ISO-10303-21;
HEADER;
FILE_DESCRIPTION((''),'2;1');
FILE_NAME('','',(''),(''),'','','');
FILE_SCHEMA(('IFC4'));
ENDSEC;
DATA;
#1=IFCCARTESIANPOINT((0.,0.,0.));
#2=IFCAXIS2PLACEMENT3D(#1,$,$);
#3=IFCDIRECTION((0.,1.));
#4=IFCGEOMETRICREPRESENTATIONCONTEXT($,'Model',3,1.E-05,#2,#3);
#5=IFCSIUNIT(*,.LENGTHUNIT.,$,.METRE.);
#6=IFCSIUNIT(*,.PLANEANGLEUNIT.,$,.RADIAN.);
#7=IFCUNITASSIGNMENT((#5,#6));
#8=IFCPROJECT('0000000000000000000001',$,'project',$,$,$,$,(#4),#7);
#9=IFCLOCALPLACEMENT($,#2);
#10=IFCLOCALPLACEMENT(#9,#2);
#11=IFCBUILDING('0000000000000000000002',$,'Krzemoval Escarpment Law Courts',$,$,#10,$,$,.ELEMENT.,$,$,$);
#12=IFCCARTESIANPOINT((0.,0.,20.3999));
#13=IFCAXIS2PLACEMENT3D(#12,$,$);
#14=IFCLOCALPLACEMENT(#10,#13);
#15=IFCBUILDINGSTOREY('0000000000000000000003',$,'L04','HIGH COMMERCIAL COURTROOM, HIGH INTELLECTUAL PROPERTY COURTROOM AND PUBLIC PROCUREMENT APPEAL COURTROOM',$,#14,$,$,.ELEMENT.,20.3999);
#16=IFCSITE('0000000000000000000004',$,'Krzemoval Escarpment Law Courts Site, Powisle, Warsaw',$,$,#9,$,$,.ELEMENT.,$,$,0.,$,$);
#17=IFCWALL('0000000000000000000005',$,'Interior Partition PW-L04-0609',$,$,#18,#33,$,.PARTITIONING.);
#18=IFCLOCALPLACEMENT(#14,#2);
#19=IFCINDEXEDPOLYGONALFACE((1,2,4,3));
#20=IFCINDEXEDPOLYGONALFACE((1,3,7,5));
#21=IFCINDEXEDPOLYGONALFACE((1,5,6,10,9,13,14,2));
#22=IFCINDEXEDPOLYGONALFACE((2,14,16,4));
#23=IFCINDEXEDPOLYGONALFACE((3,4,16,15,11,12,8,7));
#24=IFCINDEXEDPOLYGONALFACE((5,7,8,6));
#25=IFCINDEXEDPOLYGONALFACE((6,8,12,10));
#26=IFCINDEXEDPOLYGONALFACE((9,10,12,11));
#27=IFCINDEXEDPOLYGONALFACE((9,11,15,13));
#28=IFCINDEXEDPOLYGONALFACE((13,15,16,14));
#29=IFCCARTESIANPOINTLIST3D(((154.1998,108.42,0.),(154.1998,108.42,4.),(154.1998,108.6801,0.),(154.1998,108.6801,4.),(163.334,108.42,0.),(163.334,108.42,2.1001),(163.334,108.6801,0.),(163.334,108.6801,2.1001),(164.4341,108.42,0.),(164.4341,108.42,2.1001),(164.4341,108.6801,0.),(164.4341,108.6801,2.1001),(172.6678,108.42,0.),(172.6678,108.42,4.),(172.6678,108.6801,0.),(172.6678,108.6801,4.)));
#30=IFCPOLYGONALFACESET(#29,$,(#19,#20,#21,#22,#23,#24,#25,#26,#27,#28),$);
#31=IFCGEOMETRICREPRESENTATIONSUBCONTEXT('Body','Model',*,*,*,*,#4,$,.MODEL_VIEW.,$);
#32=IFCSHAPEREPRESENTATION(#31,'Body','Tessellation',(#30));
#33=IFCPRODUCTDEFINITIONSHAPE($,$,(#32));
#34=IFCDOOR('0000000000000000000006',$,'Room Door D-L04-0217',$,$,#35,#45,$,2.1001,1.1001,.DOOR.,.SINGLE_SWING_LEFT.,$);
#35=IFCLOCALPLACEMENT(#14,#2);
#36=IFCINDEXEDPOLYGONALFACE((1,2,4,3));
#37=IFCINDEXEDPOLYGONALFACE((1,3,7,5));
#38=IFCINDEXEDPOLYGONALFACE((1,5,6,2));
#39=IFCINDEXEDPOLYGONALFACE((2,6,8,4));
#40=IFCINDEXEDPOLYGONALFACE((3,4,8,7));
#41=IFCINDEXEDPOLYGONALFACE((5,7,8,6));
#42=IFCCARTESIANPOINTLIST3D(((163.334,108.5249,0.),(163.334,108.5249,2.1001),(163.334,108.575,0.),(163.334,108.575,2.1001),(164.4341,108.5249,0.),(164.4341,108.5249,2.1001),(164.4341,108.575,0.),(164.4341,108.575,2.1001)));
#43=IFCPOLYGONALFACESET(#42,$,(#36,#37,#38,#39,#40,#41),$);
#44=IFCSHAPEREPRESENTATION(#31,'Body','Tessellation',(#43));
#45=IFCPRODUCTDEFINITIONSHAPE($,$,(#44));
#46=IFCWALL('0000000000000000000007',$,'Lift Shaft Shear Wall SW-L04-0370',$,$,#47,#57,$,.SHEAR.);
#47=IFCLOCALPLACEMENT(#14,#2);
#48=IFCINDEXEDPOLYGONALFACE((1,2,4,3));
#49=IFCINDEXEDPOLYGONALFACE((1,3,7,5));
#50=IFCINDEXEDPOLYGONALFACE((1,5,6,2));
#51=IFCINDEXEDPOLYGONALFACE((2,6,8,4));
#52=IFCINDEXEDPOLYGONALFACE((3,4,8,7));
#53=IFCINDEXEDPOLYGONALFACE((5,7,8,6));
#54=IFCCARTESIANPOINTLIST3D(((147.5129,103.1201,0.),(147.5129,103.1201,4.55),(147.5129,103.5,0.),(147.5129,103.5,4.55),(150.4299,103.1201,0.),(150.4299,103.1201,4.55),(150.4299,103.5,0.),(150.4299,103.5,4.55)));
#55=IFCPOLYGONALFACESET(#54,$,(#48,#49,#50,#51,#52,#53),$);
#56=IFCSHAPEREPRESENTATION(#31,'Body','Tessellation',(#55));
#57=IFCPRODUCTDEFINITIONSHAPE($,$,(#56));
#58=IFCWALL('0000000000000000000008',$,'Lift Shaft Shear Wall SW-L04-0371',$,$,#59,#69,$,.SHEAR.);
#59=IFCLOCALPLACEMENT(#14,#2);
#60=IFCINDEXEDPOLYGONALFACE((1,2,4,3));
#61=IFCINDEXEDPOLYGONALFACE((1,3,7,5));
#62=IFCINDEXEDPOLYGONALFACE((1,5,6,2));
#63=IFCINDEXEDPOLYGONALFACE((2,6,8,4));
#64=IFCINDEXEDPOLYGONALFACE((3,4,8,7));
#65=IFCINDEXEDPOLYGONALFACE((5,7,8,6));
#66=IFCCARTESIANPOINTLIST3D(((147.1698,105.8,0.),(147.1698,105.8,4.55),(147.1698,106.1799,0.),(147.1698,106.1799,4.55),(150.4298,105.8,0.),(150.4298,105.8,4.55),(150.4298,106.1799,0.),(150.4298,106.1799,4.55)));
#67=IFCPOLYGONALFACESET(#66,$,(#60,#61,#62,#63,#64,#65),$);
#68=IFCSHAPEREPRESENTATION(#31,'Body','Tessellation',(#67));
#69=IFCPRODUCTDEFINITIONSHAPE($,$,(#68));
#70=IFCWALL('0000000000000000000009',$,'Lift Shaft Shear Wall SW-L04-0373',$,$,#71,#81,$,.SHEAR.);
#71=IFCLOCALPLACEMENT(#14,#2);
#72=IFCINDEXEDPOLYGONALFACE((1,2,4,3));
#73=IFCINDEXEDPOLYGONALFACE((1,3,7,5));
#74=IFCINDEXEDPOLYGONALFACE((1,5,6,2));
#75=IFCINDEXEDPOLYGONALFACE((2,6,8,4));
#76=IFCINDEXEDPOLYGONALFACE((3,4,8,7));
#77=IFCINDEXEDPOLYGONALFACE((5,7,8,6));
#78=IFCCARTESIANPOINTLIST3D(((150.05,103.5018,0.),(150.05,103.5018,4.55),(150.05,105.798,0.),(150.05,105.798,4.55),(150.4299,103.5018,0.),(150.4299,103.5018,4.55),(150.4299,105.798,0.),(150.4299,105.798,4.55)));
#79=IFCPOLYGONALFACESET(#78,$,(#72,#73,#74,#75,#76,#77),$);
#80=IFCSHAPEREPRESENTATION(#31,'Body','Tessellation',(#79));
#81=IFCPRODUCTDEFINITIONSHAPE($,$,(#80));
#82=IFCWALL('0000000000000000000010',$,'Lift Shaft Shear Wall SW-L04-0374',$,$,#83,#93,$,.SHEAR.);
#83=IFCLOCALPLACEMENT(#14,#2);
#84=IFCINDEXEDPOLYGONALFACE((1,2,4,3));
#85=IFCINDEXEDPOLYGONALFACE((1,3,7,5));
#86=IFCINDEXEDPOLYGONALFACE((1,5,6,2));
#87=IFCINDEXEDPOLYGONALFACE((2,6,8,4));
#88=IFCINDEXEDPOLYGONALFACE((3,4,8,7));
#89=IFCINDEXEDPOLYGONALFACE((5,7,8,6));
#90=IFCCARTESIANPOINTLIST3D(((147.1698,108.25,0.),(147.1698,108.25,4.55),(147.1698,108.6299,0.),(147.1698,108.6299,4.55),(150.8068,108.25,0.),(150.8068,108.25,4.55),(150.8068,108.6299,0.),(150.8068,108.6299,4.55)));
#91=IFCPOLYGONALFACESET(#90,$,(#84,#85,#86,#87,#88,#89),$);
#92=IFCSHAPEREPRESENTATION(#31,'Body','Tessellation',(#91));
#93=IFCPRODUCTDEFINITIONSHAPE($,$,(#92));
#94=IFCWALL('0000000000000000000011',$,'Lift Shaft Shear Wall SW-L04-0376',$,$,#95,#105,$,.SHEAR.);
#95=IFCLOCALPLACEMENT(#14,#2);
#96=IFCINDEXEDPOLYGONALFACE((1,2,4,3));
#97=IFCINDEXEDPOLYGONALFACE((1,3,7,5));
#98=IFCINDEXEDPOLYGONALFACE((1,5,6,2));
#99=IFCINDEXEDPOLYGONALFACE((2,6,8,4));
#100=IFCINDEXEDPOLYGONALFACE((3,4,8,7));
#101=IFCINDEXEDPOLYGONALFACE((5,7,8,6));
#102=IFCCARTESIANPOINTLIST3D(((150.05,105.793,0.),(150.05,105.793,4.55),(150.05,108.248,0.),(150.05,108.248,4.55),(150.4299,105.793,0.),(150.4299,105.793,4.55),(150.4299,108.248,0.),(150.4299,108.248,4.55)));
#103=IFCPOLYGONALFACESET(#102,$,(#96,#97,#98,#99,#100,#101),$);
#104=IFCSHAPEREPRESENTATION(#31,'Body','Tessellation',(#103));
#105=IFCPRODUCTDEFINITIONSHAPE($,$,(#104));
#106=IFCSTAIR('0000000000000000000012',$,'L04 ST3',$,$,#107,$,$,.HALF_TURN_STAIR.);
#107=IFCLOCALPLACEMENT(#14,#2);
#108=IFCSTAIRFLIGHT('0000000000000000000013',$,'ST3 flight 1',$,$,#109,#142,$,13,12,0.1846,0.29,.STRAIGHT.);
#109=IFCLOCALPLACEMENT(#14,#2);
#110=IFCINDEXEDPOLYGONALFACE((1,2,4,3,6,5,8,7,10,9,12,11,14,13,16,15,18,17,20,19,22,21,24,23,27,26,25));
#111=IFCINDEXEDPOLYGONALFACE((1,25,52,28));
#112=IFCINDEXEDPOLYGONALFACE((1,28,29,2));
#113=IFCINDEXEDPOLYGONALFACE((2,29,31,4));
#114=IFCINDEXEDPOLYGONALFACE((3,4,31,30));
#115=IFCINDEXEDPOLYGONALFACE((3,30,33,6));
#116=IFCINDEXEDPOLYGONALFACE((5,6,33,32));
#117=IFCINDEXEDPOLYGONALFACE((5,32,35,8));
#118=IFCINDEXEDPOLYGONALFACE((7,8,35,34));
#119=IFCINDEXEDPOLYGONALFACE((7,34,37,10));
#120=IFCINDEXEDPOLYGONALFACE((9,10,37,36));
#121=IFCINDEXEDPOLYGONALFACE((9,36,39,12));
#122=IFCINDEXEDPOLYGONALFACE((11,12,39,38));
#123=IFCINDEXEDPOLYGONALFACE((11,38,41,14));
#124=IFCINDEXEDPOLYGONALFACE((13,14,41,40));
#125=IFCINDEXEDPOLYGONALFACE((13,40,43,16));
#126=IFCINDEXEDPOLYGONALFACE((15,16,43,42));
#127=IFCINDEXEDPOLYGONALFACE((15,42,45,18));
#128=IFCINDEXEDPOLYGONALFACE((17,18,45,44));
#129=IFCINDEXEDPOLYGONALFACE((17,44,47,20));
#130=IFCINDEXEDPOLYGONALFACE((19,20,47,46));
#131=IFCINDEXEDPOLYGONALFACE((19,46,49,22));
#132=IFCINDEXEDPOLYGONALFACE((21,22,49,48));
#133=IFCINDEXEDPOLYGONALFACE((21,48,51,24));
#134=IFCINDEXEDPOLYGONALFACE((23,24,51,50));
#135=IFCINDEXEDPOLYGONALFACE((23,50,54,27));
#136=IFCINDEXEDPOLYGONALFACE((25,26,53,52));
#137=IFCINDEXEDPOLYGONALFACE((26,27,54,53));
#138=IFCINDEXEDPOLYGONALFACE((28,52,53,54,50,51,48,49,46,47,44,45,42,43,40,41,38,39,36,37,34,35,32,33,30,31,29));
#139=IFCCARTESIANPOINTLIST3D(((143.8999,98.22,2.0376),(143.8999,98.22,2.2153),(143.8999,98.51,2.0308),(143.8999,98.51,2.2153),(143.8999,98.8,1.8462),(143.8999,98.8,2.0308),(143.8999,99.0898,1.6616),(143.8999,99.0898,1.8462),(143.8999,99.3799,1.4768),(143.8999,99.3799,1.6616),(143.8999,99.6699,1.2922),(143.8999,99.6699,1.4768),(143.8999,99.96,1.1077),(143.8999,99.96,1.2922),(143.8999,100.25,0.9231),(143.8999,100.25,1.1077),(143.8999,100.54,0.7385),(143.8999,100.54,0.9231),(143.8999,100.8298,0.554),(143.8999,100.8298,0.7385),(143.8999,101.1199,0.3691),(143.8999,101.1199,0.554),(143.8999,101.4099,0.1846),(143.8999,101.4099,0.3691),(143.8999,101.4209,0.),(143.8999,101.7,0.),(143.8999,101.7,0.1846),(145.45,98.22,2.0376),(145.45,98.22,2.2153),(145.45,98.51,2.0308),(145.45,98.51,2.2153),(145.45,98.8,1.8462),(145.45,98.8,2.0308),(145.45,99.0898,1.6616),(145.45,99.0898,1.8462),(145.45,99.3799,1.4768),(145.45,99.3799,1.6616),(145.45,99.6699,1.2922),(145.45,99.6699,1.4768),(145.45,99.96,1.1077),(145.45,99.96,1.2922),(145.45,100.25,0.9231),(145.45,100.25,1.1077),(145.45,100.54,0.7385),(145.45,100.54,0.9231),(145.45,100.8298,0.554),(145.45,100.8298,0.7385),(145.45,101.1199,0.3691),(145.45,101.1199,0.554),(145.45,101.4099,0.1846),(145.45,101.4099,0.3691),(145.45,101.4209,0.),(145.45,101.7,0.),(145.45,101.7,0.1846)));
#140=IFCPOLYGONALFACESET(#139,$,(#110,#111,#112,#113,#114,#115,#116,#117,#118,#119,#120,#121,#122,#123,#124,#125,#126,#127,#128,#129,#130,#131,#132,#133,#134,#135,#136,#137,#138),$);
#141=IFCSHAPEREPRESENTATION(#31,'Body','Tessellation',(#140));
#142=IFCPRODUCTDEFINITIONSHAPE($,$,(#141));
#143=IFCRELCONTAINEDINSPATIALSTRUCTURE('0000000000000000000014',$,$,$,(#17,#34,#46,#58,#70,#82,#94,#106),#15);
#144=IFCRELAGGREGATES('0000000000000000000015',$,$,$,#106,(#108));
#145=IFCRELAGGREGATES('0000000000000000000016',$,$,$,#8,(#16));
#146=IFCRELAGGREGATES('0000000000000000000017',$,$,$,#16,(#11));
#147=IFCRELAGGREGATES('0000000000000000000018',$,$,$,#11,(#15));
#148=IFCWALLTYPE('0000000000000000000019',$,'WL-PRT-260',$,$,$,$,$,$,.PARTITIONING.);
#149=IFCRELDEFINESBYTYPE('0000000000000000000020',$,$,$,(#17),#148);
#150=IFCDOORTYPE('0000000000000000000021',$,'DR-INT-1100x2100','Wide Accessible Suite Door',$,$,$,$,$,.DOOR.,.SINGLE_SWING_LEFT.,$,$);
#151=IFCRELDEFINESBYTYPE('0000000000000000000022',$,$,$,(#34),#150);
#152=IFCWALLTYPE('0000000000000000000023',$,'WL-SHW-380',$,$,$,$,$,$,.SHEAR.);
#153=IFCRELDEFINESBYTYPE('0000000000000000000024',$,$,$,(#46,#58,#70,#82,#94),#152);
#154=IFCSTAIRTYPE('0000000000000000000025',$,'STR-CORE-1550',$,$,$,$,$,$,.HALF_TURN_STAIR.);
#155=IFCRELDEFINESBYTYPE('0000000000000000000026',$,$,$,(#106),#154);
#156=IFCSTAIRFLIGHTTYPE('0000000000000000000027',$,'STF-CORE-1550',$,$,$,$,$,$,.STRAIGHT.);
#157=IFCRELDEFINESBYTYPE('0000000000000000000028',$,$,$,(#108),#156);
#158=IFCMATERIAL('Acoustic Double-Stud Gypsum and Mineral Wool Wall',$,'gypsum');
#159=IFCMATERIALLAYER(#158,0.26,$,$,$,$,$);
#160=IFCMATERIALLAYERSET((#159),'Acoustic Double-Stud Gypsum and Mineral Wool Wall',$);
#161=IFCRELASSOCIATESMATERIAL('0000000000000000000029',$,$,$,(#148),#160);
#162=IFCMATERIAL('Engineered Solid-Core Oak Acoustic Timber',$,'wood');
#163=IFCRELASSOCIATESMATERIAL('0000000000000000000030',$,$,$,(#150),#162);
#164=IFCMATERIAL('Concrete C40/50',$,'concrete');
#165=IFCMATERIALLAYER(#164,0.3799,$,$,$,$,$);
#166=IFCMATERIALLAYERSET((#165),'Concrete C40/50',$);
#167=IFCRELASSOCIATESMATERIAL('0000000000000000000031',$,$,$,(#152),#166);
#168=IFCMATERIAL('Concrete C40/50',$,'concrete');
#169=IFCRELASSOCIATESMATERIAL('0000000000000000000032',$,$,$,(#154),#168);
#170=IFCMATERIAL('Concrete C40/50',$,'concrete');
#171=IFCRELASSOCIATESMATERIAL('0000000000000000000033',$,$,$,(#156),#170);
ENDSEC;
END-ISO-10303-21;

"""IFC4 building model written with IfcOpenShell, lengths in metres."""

from ifc_helpers import new_model, si_unit, direction, frame, frame_2d, origin, place, context, subcontext, project, spatial, polyline, rectangle, outline, extrude, material, layer, layer_set, type_object, element, fill, aggregate, save


model = new_model("IFC4")

# Units and contexts
model_context = context("Model", 3, precision=1e-05, world=origin(), true_north=direction((0.0, 1.0)))
body_context = subcontext(model_context, "Body", "Model", "MODEL_VIEW")
ifc_project = project(units=[si_unit("LENGTHUNIT", "METRE"), si_unit("PLANEANGLEUNIT", "RADIAN")], contexts=[model_context])

# Site, building, storey
site_placement = place(None, origin())
site = spatial("IfcSite", under=ifc_project, at=site_placement, Name="Krzemoval Escarpment Law Courts Site, Powisle, Warsaw", CompositionType="ELEMENT", RefElevation=0.0)
building_placement = place(site_placement, origin())
building = spatial("IfcBuilding", under=site, at=building_placement, Name="Krzemoval Escarpment Law Courts", CompositionType="ELEMENT")
storey_placement = place(building_placement, frame((0.0, 0.0, 20.3999)))
storey = spatial("IfcBuildingStorey", under=building, at=storey_placement, Name="L04", Description="HIGH COMMERCIAL COURTROOM, HIGH INTELLECTUAL PROPERTY COURTROOM AND PUBLIC PROCUREMENT APPEAL COURTROOM", CompositionType="ELEMENT", Elevation=20.3999)

# Wall, opening, door
ifc_material_1 = material(Name="Acoustic Double-Stud Gypsum and Mineral Wool Wall", Category="gypsum")
ifc_layer_1 = layer(ifc_material_1, 0.26)
ifc_layer_set_1 = layer_set([ifc_layer_1], Name="Acoustic Double-Stud Gypsum and Mineral Wool Wall")
wall_type_1 = type_object("IfcWallType", Name="WL-PRT-260", PredefinedType="PARTITIONING", material=ifc_layer_set_1)
wall_1_placement = place(storey_placement, frame((154.2, 108.55, 0.0), z_axis=(0.0, 0.0, 1.0), x_axis=(1.0, 0.0, 0.0)))
wall_1 = element("IfcWall", 1, at=wall_1_placement, inside=storey, type_object=wall_type_1, Name="Interior Partition PW-L04-0609", PredefinedType="PARTITIONING", context=body_context, shape_type="SweptSolid", body=[
    extrude(rectangle(XDim=18.468, YDim=0.26, at=frame_2d((9.2339, 0.0))), origin(), (0.0, 0.0, 1.0), 4.0),
])
opening_1_placement = place(wall_1_placement, frame((9.134, 0.0, 0.0)))
opening_1 = element("IfcOpeningElement", 2, at=opening_1_placement, cuts=wall_1, PredefinedType="OPENING", context=body_context, shape_type="SweptSolid", body=[
    extrude(rectangle(XDim=1.1001, YDim=2.1001, at=frame_2d((0.55, 1.05))), frame((0.0, 0.145, 0.0), z_axis=(0.0, -1.0, 0.0), x_axis=(1.0, 0.0, 0.0)), (0.0, 0.0, 1.0), 0.29),
])
ifc_material_2 = material(Name="Engineered Solid-Core Oak Acoustic Timber", Category="wood")
door_type_1 = type_object("IfcDoorType", Name="DR-INT-1100x2100", Description="Wide Accessible Suite Door", OperationType="SINGLE_SWING_LEFT", PredefinedType="DOOR", material=ifc_material_2)
door_1_placement = place(opening_1_placement, origin())
door_1 = element("IfcDoor", 3, at=door_1_placement, inside=storey, type_object=door_type_1, Name="Room Door D-L04-0217", OperationType="SINGLE_SWING_LEFT", OverallHeight=2.1001, OverallWidth=1.1001, PredefinedType="DOOR", context=body_context, shape_type="SweptSolid", body=[
    extrude(rectangle(XDim=1.1001, YDim=2.1001, at=frame_2d((0.55, 1.05))), frame((0.0, 0.0249, 0.0), z_axis=(0.0, -1.0, 0.0), x_axis=(1.0, 0.0, 0.0)), (0.0, 0.0, 1.0), 0.05),
])
fill(opening_1, door_1)

# Walls
ifc_material_3 = material(Name="Concrete C40/50", Category="concrete")
ifc_layer_2 = layer(ifc_material_3, 0.3799)
ifc_layer_set_2 = layer_set([ifc_layer_2], Name="Concrete C40/50")
wall_type_2 = type_object("IfcWallType", Name="WL-SHW-380", PredefinedType="SHEAR", material=ifc_layer_set_2)
wall_2_placement = place(storey_placement, frame((147.5129, 103.3101, 0.0), z_axis=(0.0, 0.0, 1.0), x_axis=(1.0, 0.0, 0.0)))
element("IfcWall", 4, at=wall_2_placement, inside=storey, type_object=wall_type_2, Name="Lift Shaft Shear Wall SW-L04-0370", PredefinedType="SHEAR", context=body_context, shape_type="SweptSolid", body=[
    extrude(rectangle(XDim=2.917, YDim=0.3799, at=frame_2d((1.4585, 0.0))), origin(), (0.0, 0.0, 1.0), 4.55),
])
wall_3_placement = place(storey_placement, frame((147.1699, 105.99, 0.0), z_axis=(0.0, 0.0, 1.0), x_axis=(1.0, 0.0, 0.0)))
element("IfcWall", 5, at=wall_3_placement, inside=storey, type_object=wall_type_2, Name="Lift Shaft Shear Wall SW-L04-0371", PredefinedType="SHEAR", context=body_context, shape_type="SweptSolid", body=[
    extrude(rectangle(XDim=3.26, YDim=0.3799, at=frame_2d((1.6299, 0.0))), origin(), (0.0, 0.0, 1.0), 4.55),
])

# Walls
wall_4_placement = place(storey_placement, frame((150.24, 103.502, 0.0), z_axis=(0.0, 0.0, 1.0), x_axis=(0.0, 1.0, 0.0)))
element("IfcWall", 6, at=wall_4_placement, inside=storey, type_object=wall_type_2, Name="Lift Shaft Shear Wall SW-L04-0373", PredefinedType="SHEAR", context=body_context, shape_type="SweptSolid", body=[
    extrude(rectangle(XDim=2.2961, YDim=0.3799, at=frame_2d((1.1479, 0.0))), origin(), (0.0, 0.0, 1.0), 4.55),
])
wall_5_placement = place(storey_placement, frame((147.1699, 108.4399, 0.0), z_axis=(0.0, 0.0, 1.0), x_axis=(1.0, 0.0, 0.0)))
element("IfcWall", 7, at=wall_5_placement, inside=storey, type_object=wall_type_2, Name="Lift Shaft Shear Wall SW-L04-0374", PredefinedType="SHEAR", context=body_context, shape_type="SweptSolid", body=[
    extrude(rectangle(XDim=3.637, YDim=0.3799, at=frame_2d((1.8184, 0.0))), origin(), (0.0, 0.0, 1.0), 4.55),
])

# Wall
wall_6_placement = place(storey_placement, frame((150.24, 105.793, 0.0), z_axis=(0.0, 0.0, 1.0), x_axis=(0.0, 1.0, 0.0)))
element("IfcWall", 8, at=wall_6_placement, inside=storey, type_object=wall_type_2, Name="Lift Shaft Shear Wall SW-L04-0376", PredefinedType="SHEAR", context=body_context, shape_type="SweptSolid", body=[
    extrude(rectangle(XDim=2.4551, YDim=0.3799, at=frame_2d((1.2275, 0.0))), origin(), (0.0, 0.0, 1.0), 4.55),
])

# Stair, stair flight
ifc_material_4 = material(Name="Concrete C40/50", Category="concrete")
stair_type = type_object("IfcStairType", Name="STR-CORE-1550", PredefinedType="HALF_TURN_STAIR", material=ifc_material_4)
stair_placement = place(storey_placement, origin())
stair = element("IfcStair", 9, at=stair_placement, inside=storey, type_object=stair_type, Name="L04 ST3", PredefinedType="HALF_TURN_STAIR")
ifc_material_5 = material(Name="Concrete C40/50", Category="concrete")
stair_flight_type = type_object("IfcStairFlightType", Name="STF-CORE-1550", PredefinedType="STRAIGHT", material=ifc_material_5)
stair_flight_placement = place(storey_placement, frame((144.675, 101.7, 0.0), z_axis=(0.0, 0.0, 1.0), x_axis=(0.0, -1.0, 0.0)))
stair_flight = element("IfcStairFlight", 10, at=stair_flight_placement, type_object=stair_flight_type, Name="ST3 flight 1", NumberOfRisers=13, NumberOfTreads=12, PredefinedType="STRAIGHT", RiserHeight=0.1846, TreadLength=0.29, context=body_context, shape_type="SweptSolid", body=[
    extrude(outline(polyline([(0.0, 0.0), (0.0, 0.1846), (0.29, 0.1846), (0.29, 0.3691), (0.5801, 0.3691), (0.5801, 0.554), (0.8701, 0.554), (0.8701, 0.7385), (1.1599, 0.7385), (1.1599, 0.9231), (1.45, 0.9231), (1.45, 1.1077), (1.74, 1.1077), (1.74, 1.2922), (2.03, 1.2922), (2.03, 1.4768), (2.3201, 1.4768), (2.3201, 1.6616), (2.6101, 1.6616), (2.6101, 1.8462), (2.8999, 1.8462), (2.8999, 2.0308), (3.1899, 2.0308), (3.1899, 2.2153), (3.48, 2.2153), (3.48, 2.3999), (3.48, 2.0376), (0.2791, 0.0), (0.0, 0.0)])), frame((0.0, 0.7749, 0.0), z_axis=(0.0, -1.0, 0.0), x_axis=(1.0, 0.0, 0.0)), (0.0, 0.0, 1.0), 1.55),
])
aggregate(stair, [stair_flight])

save(model, "model.ifc")
